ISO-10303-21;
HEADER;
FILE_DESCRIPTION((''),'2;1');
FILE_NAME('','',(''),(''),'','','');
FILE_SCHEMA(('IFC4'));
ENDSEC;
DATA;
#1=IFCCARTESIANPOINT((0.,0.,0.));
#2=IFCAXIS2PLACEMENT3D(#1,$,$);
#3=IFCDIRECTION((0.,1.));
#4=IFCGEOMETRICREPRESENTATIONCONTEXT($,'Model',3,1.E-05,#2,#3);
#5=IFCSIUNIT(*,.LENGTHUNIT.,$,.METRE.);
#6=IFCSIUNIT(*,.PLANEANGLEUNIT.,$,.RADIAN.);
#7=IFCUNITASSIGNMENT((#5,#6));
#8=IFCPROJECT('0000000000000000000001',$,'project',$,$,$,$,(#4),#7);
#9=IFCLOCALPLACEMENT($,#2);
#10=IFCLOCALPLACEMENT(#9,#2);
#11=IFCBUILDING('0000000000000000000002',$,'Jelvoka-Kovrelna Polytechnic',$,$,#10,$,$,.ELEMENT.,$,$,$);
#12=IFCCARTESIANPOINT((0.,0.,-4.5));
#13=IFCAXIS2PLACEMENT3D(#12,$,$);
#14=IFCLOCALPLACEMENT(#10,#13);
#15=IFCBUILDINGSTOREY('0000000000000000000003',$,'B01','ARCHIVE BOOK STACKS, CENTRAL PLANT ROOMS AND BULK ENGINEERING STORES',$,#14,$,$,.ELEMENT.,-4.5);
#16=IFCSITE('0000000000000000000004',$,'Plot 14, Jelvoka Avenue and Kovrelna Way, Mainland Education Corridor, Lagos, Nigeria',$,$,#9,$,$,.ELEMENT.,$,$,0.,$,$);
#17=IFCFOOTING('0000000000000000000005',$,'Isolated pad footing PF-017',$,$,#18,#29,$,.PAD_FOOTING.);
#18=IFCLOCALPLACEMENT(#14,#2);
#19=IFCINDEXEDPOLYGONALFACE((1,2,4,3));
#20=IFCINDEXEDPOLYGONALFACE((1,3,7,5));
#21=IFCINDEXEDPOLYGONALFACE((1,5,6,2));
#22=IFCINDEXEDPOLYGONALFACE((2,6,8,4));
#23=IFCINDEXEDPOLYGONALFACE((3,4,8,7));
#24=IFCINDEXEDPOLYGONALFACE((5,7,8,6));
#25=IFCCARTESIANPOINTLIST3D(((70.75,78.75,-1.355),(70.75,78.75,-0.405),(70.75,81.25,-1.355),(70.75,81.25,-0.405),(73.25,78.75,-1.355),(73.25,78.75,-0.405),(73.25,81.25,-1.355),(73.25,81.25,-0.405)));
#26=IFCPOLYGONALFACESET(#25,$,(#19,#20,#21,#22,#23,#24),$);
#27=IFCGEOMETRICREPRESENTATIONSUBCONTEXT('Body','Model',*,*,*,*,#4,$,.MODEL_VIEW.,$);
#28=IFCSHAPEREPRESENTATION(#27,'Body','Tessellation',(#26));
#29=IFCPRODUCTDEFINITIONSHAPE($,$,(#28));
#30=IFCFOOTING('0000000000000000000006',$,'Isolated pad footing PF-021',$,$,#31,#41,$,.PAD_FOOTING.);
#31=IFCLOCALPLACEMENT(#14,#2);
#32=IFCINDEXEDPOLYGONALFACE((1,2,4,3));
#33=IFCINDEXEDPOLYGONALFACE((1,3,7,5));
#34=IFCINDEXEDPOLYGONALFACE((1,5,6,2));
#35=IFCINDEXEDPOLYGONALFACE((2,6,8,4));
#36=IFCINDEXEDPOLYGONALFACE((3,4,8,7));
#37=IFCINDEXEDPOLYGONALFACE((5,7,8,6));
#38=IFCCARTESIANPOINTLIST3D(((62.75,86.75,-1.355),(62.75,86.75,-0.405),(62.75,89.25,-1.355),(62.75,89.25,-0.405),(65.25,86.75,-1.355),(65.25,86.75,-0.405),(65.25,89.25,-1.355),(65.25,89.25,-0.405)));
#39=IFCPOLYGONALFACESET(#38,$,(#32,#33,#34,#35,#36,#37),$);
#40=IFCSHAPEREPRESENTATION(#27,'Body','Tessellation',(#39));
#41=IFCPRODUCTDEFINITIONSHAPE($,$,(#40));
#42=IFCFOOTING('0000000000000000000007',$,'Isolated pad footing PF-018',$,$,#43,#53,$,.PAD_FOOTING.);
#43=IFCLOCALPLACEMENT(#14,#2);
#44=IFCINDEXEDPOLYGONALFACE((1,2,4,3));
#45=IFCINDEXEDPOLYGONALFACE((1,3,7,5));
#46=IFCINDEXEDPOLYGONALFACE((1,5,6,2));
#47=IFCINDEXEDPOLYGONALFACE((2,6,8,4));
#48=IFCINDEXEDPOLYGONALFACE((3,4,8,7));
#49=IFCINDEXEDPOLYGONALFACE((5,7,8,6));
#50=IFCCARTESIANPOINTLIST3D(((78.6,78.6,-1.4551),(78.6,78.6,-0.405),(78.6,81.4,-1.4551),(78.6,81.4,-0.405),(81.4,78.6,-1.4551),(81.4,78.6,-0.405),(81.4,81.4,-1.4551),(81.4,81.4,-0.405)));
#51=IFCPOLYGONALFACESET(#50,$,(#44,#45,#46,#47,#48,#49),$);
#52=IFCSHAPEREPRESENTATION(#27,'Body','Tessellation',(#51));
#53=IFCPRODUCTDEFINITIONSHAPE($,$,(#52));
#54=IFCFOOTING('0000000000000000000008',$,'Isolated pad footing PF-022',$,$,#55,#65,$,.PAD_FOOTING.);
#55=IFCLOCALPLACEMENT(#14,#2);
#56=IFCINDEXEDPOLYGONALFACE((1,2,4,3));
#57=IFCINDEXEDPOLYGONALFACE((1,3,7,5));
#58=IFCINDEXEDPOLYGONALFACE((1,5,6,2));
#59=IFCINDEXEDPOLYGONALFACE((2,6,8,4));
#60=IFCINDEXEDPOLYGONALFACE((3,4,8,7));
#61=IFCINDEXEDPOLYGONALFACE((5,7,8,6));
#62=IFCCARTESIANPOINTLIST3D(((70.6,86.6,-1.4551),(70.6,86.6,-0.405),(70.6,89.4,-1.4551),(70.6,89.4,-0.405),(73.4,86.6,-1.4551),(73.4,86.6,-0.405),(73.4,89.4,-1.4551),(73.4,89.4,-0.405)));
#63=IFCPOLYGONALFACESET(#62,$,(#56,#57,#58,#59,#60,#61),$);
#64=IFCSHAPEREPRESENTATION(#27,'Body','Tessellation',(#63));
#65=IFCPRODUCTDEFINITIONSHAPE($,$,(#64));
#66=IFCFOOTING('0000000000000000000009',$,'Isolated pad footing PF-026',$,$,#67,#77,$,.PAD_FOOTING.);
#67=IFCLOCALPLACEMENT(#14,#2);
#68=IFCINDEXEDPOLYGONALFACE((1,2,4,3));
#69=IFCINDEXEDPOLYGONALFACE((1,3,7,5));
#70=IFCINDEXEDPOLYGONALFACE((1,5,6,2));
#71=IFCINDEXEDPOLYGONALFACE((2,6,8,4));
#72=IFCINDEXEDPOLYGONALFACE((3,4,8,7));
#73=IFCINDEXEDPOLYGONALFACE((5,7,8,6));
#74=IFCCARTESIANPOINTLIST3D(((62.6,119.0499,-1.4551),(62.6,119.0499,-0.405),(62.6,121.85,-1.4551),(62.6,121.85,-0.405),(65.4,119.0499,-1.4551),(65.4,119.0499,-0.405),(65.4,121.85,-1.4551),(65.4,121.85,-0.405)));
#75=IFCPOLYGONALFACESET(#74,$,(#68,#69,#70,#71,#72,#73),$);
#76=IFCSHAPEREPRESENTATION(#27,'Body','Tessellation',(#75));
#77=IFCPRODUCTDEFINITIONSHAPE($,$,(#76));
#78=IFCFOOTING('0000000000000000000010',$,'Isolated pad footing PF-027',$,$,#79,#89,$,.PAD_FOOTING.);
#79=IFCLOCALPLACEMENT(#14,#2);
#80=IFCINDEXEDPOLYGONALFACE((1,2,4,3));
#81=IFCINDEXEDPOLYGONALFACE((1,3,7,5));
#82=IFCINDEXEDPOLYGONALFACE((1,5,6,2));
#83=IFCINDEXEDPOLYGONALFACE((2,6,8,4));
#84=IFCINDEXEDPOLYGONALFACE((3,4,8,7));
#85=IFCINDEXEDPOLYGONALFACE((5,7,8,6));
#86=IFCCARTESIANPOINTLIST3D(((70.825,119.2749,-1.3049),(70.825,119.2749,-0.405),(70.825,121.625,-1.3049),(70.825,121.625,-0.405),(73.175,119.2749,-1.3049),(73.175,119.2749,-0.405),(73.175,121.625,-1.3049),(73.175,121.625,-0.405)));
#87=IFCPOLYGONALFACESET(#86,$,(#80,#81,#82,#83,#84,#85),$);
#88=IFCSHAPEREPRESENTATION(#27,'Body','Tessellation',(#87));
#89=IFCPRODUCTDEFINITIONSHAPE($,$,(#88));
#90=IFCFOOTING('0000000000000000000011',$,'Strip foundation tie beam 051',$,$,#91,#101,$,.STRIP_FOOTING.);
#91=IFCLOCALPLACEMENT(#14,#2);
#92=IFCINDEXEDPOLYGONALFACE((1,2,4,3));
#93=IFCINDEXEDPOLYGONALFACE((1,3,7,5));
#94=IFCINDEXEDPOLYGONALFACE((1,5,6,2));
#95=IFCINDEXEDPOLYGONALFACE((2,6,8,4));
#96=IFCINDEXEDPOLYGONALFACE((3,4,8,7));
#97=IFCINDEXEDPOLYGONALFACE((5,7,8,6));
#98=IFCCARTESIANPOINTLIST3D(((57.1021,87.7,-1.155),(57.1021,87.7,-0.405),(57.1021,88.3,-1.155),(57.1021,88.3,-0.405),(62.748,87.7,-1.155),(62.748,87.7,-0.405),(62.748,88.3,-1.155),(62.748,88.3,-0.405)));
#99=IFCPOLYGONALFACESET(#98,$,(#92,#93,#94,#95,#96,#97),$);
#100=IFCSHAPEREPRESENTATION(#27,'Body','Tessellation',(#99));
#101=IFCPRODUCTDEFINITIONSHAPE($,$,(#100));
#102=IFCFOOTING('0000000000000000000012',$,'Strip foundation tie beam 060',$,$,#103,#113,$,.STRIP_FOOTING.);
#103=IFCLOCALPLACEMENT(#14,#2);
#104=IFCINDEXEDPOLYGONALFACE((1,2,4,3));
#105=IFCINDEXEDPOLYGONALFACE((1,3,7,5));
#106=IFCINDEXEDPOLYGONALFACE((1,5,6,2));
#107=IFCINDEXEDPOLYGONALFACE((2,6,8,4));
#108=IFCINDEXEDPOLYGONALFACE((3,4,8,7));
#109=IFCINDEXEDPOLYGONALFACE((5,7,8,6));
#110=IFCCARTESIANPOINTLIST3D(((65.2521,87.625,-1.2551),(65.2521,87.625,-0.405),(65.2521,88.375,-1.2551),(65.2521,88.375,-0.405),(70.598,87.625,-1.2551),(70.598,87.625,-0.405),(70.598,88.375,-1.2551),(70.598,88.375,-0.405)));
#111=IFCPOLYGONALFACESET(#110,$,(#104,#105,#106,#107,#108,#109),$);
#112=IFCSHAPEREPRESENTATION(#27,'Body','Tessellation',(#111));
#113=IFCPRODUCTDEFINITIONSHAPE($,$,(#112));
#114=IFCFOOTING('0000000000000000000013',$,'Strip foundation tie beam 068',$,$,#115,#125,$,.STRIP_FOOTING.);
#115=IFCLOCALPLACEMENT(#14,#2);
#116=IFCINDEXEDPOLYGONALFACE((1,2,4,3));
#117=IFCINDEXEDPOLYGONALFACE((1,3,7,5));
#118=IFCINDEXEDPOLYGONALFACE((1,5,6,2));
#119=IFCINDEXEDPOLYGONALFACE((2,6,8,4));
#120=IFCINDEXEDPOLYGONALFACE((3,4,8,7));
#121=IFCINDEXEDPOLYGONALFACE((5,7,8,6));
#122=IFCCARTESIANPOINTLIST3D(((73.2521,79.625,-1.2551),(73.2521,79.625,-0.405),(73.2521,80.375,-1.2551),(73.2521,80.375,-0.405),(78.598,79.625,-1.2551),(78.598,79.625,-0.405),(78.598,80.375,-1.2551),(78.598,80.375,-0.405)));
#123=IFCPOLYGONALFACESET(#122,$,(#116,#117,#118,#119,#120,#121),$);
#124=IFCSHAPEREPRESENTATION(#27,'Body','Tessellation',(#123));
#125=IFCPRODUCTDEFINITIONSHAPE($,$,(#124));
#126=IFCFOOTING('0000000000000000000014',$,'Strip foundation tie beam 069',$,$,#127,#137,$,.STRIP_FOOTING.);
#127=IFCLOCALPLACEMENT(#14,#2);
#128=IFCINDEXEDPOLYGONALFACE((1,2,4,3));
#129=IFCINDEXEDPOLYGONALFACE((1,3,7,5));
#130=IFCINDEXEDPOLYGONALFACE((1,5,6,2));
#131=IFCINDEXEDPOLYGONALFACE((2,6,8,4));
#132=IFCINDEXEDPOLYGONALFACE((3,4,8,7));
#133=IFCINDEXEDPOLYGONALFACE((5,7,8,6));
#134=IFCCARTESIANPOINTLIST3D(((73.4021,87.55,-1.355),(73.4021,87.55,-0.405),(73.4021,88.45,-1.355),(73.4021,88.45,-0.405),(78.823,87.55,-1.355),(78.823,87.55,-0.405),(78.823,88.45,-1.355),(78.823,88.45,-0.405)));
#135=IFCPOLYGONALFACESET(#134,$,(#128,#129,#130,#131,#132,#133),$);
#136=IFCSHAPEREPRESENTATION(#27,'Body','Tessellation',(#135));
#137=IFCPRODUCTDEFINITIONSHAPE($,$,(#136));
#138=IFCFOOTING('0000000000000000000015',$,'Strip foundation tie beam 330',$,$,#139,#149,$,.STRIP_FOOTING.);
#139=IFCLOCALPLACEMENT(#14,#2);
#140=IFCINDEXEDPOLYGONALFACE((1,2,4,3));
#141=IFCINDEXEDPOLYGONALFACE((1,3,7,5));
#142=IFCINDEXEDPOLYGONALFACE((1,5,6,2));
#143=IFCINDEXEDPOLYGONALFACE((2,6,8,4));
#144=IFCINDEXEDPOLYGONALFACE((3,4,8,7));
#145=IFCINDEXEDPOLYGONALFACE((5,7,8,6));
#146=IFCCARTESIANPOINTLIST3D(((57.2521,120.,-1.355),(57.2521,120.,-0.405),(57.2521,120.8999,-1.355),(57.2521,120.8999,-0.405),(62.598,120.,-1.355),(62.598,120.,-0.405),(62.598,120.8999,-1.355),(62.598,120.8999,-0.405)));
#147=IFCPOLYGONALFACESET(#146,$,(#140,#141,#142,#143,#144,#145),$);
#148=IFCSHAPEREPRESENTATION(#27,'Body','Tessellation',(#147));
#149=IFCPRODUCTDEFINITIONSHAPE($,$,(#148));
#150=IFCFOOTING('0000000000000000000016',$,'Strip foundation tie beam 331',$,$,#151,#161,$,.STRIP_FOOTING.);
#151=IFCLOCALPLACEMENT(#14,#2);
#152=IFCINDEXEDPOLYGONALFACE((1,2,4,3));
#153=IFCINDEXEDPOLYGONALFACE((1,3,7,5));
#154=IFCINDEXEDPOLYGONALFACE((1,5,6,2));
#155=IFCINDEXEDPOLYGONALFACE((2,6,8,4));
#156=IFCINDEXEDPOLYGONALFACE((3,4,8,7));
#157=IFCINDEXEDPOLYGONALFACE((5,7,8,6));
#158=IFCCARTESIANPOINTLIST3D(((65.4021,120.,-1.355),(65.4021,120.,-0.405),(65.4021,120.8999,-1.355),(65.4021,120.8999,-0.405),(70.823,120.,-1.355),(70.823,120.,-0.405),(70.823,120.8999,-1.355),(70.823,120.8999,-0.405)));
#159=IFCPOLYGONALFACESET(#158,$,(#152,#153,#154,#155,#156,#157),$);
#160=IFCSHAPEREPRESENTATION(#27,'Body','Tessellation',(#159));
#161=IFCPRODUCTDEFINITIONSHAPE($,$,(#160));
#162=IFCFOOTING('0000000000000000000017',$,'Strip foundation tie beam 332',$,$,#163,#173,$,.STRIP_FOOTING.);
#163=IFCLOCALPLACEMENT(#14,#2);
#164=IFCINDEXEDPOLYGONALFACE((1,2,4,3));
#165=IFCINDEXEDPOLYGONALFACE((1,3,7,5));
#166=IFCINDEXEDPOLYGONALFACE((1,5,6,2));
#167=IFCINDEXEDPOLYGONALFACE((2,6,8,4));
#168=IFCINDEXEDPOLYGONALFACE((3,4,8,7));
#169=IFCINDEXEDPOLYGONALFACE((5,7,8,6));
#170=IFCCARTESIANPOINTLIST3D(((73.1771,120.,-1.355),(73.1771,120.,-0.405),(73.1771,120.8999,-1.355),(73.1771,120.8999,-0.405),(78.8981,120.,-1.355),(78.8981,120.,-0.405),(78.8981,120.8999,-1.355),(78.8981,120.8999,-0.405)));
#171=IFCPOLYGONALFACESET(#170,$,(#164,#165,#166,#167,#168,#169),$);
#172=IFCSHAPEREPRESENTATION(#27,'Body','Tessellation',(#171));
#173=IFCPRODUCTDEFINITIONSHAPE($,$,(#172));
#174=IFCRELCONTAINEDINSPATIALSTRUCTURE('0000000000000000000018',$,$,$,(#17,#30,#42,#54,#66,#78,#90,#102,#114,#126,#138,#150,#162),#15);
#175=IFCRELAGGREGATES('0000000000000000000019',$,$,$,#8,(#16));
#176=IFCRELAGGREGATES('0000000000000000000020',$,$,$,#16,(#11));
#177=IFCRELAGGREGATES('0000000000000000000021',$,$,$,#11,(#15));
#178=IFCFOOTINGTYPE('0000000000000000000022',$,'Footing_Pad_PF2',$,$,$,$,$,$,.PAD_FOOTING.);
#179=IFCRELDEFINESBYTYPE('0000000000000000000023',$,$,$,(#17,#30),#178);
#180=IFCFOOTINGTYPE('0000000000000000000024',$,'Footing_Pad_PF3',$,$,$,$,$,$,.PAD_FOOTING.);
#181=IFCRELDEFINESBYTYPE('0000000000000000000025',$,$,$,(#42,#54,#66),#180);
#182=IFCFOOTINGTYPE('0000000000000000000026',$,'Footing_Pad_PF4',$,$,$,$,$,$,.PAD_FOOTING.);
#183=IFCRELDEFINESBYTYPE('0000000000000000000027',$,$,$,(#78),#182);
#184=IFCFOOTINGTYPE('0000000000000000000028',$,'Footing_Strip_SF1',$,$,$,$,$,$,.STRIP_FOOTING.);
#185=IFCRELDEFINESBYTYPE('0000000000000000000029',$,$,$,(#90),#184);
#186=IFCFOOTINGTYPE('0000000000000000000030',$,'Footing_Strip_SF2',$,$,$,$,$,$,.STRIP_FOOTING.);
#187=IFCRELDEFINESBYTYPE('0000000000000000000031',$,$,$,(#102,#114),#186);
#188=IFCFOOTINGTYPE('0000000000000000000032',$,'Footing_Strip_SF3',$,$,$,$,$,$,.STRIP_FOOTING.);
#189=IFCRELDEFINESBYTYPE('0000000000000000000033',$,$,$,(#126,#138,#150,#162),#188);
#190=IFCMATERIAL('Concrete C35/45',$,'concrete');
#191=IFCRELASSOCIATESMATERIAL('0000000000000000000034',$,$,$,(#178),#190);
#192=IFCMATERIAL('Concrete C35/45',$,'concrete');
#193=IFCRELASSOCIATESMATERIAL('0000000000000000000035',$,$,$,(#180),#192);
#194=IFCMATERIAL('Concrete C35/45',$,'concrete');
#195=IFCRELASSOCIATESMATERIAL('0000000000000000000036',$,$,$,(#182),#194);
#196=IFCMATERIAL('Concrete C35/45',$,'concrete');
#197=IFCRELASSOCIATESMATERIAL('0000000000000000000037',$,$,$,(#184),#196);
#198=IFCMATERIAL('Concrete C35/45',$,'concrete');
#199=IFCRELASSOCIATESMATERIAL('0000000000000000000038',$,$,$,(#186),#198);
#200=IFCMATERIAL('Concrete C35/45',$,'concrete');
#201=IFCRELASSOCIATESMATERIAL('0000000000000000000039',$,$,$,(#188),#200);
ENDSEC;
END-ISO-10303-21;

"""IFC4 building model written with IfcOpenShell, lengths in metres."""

from ifc_helpers import new_model, si_unit, direction, frame, origin, origin_2d, place, context, subcontext, project, spatial, rectangle, extrude, material, type_object, element, save


model = new_model("IFC4")

# Units and contexts
model_context = context("Model", 3, precision=1e-05, world=origin(), true_north=direction((0.0, 1.0)))
body_context = subcontext(model_context, "Body", "Model", "MODEL_VIEW")
ifc_project = project(units=[si_unit("LENGTHUNIT", "METRE"), si_unit("PLANEANGLEUNIT", "RADIAN")], contexts=[model_context])

# Site, building, storey
site_placement = place(None, origin())
site = spatial("IfcSite", under=ifc_project, at=site_placement, Name="Plot 14, Jelvoka Avenue and Kovrelna Way, Mainland Education Corridor, Lagos, Nigeria", CompositionType="ELEMENT", RefElevation=0.0)
building_placement = place(site_placement, origin())
building = spatial("IfcBuilding", under=site, at=building_placement, Name="Jelvoka-Kovrelna Polytechnic", CompositionType="ELEMENT")
storey_placement = place(building_placement, frame((0.0, 0.0, -4.5)))
storey = spatial("IfcBuildingStorey", under=building, at=storey_placement, Name="B01", Description="ARCHIVE BOOK STACKS, CENTRAL PLANT ROOMS AND BULK ENGINEERING STORES", CompositionType="ELEMENT", Elevation=-4.5)

# Footings
ifc_material_1 = material(Name="Concrete C35/45", Category="concrete")
footing_type_1 = type_object("IfcFootingType", Name="Footing_Pad_PF2", PredefinedType="PAD_FOOTING", material=ifc_material_1)
for number, where, z_axis, x_axis, name in (
    (1, (72.0, 80.0, -1.355), (0.0, 0.0, 1.0), (1.0, 0.0, 0.0), "Isolated pad footing PF-017"),
    (2, (64.0, 88.0, -1.355), (0.0, 0.0, 1.0), (1.0, 0.0, 0.0), "Isolated pad footing PF-021"),
):
    element("IfcFooting", number, at=place(storey_placement, frame(where, z_axis=z_axis, x_axis=x_axis)), inside=storey, type_object=footing_type_1, Name=name, PredefinedType="PAD_FOOTING", context=body_context, shape_type="SweptSolid", body=[
        extrude(rectangle(XDim=2.5, YDim=2.5, at=origin_2d()), origin(), (0.0, 0.0, 1.0), 0.95),
    ])
ifc_material_2 = material(Name="Concrete C35/45", Category="concrete")
footing_type_2 = type_object("IfcFootingType", Name="Footing_Pad_PF3", PredefinedType="PAD_FOOTING", material=ifc_material_2)
for number, where, z_axis, x_axis, name in (
    (3, (80.0, 80.0, -1.4551), (0.0, 0.0, 1.0), (1.0, 0.0, 0.0), "Isolated pad footing PF-018"),
    (4, (72.0, 88.0, -1.4551), (0.0, 0.0, 1.0), (1.0, 0.0, 0.0), "Isolated pad footing PF-022"),
    (5, (64.0, 120.45, -1.4551), (0.0, 0.0, 1.0), (1.0, 0.0, 0.0), "Isolated pad footing PF-026"),
):
    element("IfcFooting", number, at=place(storey_placement, frame(where, z_axis=z_axis, x_axis=x_axis)), inside=storey, type_object=footing_type_2, Name=name, PredefinedType="PAD_FOOTING", context=body_context, shape_type="SweptSolid", body=[
        extrude(rectangle(XDim=2.8, YDim=2.8, at=origin_2d()), origin(), (0.0, 0.0, 1.0), 1.05),
    ])
ifc_material_3 = material(Name="Concrete C35/45", Category="concrete")
footing_type_3 = type_object("IfcFootingType", Name="Footing_Pad_PF4", PredefinedType="PAD_FOOTING", material=ifc_material_3)
footing_1_placement = place(storey_placement, frame((72.0, 120.45, -1.3049), z_axis=(0.0, 0.0, 1.0), x_axis=(1.0, 0.0, 0.0)))
element("IfcFooting", 6, at=footing_1_placement, inside=storey, type_object=footing_type_3, Name="Isolated pad footing PF-027", PredefinedType="PAD_FOOTING", context=body_context, shape_type="SweptSolid", body=[
    extrude(rectangle(XDim=2.3501, YDim=2.3501, at=origin_2d()), origin(), (0.0, 0.0, 1.0), 0.8999),
])
ifc_material_4 = material(Name="Concrete C35/45", Category="concrete")
footing_type_4 = type_object("IfcFootingType", Name="Footing_Strip_SF1", PredefinedType="STRIP_FOOTING", material=ifc_material_4)
footing_2_placement = place(storey_placement, frame((59.925, 88.0, -1.155), z_axis=(0.0, 0.0, 1.0), x_axis=(1.0, 0.0, 0.0)))
element("IfcFooting", 7, at=footing_2_placement, inside=storey, type_object=footing_type_4, Name="Strip foundation tie beam 051", PredefinedType="STRIP_FOOTING", context=body_context, shape_type="SweptSolid", body=[
    extrude(rectangle(XDim=5.646, YDim=0.6001, at=origin_2d()), origin(), (0.0, 0.0, 1.0), 0.75),
])
ifc_material_5 = material(Name="Concrete C35/45", Category="concrete")
footing_type_5 = type_object("IfcFootingType", Name="Footing_Strip_SF2", PredefinedType="STRIP_FOOTING", material=ifc_material_5)
for number, where, z_axis, x_axis, name in (
    (8, (67.925, 88.0, -1.2551), (0.0, 0.0, 1.0), (1.0, 0.0, 0.0), "Strip foundation tie beam 060"),
    (9, (75.925, 80.0, -1.2551), (0.0, 0.0, 1.0), (1.0, 0.0, 0.0), "Strip foundation tie beam 068"),
):
    element("IfcFooting", number, at=place(storey_placement, frame(where, z_axis=z_axis, x_axis=x_axis)), inside=storey, type_object=footing_type_5, Name=name, PredefinedType="STRIP_FOOTING", context=body_context, shape_type="SweptSolid", body=[
        extrude(rectangle(XDim=5.3459, YDim=0.75, at=origin_2d()), origin(), (0.0, 0.0, 1.0), 0.8501),
    ])
ifc_material_6 = material(Name="Concrete C35/45", Category="concrete")
footing_type_6 = type_object("IfcFootingType", Name="Footing_Strip_SF3", PredefinedType="STRIP_FOOTING", material=ifc_material_6)
footing_3_placement = place(storey_placement, frame((76.1125, 88.0, -1.355), z_axis=(0.0, 0.0, 1.0), x_axis=(1.0, 0.0, 0.0)))
element("IfcFooting", 10, at=footing_3_placement, inside=storey, type_object=footing_type_6, Name="Strip foundation tie beam 069", PredefinedType="STRIP_FOOTING", context=body_context, shape_type="SweptSolid", body=[
    extrude(rectangle(XDim=5.4209, YDim=0.8999, at=origin_2d()), origin(), (0.0, 0.0, 1.0), 0.95),
])
footing_4_placement = place(storey_placement, frame((59.925, 120.45, -1.355), z_axis=(0.0, 0.0, 1.0), x_axis=(1.0, 0.0, 0.0)))
element("IfcFooting", 11, at=footing_4_placement, inside=storey, type_object=footing_type_6, Name="Strip foundation tie beam 330", PredefinedType="STRIP_FOOTING", context=body_context, shape_type="SweptSolid", body=[
    extrude(rectangle(XDim=5.3459, YDim=0.8999, at=origin_2d()), origin(), (0.0, 0.0, 1.0), 0.95),
])
footing_5_placement = place(storey_placement, frame((68.1125, 120.45, -1.355), z_axis=(0.0, 0.0, 1.0), x_axis=(1.0, 0.0, 0.0)))
element("IfcFooting", 12, at=footing_5_placement, inside=storey, type_object=footing_type_6, Name="Strip foundation tie beam 331", PredefinedType="STRIP_FOOTING", context=body_context, shape_type="SweptSolid", body=[
    extrude(rectangle(XDim=5.4209, YDim=0.8999, at=origin_2d()), origin(), (0.0, 0.0, 1.0), 0.95),
])
footing_6_placement = place(storey_placement, frame((76.0376, 120.45, -1.355), z_axis=(0.0, 0.0, 1.0), x_axis=(1.0, 0.0, 0.0)))
element("IfcFooting", 13, at=footing_6_placement, inside=storey, type_object=footing_type_6, Name="Strip foundation tie beam 332", PredefinedType="STRIP_FOOTING", context=body_context, shape_type="SweptSolid", body=[
    extrude(rectangle(XDim=5.7209, YDim=0.8999, at=origin_2d()), origin(), (0.0, 0.0, 1.0), 0.95),
])

save(model, "model.ifc")
